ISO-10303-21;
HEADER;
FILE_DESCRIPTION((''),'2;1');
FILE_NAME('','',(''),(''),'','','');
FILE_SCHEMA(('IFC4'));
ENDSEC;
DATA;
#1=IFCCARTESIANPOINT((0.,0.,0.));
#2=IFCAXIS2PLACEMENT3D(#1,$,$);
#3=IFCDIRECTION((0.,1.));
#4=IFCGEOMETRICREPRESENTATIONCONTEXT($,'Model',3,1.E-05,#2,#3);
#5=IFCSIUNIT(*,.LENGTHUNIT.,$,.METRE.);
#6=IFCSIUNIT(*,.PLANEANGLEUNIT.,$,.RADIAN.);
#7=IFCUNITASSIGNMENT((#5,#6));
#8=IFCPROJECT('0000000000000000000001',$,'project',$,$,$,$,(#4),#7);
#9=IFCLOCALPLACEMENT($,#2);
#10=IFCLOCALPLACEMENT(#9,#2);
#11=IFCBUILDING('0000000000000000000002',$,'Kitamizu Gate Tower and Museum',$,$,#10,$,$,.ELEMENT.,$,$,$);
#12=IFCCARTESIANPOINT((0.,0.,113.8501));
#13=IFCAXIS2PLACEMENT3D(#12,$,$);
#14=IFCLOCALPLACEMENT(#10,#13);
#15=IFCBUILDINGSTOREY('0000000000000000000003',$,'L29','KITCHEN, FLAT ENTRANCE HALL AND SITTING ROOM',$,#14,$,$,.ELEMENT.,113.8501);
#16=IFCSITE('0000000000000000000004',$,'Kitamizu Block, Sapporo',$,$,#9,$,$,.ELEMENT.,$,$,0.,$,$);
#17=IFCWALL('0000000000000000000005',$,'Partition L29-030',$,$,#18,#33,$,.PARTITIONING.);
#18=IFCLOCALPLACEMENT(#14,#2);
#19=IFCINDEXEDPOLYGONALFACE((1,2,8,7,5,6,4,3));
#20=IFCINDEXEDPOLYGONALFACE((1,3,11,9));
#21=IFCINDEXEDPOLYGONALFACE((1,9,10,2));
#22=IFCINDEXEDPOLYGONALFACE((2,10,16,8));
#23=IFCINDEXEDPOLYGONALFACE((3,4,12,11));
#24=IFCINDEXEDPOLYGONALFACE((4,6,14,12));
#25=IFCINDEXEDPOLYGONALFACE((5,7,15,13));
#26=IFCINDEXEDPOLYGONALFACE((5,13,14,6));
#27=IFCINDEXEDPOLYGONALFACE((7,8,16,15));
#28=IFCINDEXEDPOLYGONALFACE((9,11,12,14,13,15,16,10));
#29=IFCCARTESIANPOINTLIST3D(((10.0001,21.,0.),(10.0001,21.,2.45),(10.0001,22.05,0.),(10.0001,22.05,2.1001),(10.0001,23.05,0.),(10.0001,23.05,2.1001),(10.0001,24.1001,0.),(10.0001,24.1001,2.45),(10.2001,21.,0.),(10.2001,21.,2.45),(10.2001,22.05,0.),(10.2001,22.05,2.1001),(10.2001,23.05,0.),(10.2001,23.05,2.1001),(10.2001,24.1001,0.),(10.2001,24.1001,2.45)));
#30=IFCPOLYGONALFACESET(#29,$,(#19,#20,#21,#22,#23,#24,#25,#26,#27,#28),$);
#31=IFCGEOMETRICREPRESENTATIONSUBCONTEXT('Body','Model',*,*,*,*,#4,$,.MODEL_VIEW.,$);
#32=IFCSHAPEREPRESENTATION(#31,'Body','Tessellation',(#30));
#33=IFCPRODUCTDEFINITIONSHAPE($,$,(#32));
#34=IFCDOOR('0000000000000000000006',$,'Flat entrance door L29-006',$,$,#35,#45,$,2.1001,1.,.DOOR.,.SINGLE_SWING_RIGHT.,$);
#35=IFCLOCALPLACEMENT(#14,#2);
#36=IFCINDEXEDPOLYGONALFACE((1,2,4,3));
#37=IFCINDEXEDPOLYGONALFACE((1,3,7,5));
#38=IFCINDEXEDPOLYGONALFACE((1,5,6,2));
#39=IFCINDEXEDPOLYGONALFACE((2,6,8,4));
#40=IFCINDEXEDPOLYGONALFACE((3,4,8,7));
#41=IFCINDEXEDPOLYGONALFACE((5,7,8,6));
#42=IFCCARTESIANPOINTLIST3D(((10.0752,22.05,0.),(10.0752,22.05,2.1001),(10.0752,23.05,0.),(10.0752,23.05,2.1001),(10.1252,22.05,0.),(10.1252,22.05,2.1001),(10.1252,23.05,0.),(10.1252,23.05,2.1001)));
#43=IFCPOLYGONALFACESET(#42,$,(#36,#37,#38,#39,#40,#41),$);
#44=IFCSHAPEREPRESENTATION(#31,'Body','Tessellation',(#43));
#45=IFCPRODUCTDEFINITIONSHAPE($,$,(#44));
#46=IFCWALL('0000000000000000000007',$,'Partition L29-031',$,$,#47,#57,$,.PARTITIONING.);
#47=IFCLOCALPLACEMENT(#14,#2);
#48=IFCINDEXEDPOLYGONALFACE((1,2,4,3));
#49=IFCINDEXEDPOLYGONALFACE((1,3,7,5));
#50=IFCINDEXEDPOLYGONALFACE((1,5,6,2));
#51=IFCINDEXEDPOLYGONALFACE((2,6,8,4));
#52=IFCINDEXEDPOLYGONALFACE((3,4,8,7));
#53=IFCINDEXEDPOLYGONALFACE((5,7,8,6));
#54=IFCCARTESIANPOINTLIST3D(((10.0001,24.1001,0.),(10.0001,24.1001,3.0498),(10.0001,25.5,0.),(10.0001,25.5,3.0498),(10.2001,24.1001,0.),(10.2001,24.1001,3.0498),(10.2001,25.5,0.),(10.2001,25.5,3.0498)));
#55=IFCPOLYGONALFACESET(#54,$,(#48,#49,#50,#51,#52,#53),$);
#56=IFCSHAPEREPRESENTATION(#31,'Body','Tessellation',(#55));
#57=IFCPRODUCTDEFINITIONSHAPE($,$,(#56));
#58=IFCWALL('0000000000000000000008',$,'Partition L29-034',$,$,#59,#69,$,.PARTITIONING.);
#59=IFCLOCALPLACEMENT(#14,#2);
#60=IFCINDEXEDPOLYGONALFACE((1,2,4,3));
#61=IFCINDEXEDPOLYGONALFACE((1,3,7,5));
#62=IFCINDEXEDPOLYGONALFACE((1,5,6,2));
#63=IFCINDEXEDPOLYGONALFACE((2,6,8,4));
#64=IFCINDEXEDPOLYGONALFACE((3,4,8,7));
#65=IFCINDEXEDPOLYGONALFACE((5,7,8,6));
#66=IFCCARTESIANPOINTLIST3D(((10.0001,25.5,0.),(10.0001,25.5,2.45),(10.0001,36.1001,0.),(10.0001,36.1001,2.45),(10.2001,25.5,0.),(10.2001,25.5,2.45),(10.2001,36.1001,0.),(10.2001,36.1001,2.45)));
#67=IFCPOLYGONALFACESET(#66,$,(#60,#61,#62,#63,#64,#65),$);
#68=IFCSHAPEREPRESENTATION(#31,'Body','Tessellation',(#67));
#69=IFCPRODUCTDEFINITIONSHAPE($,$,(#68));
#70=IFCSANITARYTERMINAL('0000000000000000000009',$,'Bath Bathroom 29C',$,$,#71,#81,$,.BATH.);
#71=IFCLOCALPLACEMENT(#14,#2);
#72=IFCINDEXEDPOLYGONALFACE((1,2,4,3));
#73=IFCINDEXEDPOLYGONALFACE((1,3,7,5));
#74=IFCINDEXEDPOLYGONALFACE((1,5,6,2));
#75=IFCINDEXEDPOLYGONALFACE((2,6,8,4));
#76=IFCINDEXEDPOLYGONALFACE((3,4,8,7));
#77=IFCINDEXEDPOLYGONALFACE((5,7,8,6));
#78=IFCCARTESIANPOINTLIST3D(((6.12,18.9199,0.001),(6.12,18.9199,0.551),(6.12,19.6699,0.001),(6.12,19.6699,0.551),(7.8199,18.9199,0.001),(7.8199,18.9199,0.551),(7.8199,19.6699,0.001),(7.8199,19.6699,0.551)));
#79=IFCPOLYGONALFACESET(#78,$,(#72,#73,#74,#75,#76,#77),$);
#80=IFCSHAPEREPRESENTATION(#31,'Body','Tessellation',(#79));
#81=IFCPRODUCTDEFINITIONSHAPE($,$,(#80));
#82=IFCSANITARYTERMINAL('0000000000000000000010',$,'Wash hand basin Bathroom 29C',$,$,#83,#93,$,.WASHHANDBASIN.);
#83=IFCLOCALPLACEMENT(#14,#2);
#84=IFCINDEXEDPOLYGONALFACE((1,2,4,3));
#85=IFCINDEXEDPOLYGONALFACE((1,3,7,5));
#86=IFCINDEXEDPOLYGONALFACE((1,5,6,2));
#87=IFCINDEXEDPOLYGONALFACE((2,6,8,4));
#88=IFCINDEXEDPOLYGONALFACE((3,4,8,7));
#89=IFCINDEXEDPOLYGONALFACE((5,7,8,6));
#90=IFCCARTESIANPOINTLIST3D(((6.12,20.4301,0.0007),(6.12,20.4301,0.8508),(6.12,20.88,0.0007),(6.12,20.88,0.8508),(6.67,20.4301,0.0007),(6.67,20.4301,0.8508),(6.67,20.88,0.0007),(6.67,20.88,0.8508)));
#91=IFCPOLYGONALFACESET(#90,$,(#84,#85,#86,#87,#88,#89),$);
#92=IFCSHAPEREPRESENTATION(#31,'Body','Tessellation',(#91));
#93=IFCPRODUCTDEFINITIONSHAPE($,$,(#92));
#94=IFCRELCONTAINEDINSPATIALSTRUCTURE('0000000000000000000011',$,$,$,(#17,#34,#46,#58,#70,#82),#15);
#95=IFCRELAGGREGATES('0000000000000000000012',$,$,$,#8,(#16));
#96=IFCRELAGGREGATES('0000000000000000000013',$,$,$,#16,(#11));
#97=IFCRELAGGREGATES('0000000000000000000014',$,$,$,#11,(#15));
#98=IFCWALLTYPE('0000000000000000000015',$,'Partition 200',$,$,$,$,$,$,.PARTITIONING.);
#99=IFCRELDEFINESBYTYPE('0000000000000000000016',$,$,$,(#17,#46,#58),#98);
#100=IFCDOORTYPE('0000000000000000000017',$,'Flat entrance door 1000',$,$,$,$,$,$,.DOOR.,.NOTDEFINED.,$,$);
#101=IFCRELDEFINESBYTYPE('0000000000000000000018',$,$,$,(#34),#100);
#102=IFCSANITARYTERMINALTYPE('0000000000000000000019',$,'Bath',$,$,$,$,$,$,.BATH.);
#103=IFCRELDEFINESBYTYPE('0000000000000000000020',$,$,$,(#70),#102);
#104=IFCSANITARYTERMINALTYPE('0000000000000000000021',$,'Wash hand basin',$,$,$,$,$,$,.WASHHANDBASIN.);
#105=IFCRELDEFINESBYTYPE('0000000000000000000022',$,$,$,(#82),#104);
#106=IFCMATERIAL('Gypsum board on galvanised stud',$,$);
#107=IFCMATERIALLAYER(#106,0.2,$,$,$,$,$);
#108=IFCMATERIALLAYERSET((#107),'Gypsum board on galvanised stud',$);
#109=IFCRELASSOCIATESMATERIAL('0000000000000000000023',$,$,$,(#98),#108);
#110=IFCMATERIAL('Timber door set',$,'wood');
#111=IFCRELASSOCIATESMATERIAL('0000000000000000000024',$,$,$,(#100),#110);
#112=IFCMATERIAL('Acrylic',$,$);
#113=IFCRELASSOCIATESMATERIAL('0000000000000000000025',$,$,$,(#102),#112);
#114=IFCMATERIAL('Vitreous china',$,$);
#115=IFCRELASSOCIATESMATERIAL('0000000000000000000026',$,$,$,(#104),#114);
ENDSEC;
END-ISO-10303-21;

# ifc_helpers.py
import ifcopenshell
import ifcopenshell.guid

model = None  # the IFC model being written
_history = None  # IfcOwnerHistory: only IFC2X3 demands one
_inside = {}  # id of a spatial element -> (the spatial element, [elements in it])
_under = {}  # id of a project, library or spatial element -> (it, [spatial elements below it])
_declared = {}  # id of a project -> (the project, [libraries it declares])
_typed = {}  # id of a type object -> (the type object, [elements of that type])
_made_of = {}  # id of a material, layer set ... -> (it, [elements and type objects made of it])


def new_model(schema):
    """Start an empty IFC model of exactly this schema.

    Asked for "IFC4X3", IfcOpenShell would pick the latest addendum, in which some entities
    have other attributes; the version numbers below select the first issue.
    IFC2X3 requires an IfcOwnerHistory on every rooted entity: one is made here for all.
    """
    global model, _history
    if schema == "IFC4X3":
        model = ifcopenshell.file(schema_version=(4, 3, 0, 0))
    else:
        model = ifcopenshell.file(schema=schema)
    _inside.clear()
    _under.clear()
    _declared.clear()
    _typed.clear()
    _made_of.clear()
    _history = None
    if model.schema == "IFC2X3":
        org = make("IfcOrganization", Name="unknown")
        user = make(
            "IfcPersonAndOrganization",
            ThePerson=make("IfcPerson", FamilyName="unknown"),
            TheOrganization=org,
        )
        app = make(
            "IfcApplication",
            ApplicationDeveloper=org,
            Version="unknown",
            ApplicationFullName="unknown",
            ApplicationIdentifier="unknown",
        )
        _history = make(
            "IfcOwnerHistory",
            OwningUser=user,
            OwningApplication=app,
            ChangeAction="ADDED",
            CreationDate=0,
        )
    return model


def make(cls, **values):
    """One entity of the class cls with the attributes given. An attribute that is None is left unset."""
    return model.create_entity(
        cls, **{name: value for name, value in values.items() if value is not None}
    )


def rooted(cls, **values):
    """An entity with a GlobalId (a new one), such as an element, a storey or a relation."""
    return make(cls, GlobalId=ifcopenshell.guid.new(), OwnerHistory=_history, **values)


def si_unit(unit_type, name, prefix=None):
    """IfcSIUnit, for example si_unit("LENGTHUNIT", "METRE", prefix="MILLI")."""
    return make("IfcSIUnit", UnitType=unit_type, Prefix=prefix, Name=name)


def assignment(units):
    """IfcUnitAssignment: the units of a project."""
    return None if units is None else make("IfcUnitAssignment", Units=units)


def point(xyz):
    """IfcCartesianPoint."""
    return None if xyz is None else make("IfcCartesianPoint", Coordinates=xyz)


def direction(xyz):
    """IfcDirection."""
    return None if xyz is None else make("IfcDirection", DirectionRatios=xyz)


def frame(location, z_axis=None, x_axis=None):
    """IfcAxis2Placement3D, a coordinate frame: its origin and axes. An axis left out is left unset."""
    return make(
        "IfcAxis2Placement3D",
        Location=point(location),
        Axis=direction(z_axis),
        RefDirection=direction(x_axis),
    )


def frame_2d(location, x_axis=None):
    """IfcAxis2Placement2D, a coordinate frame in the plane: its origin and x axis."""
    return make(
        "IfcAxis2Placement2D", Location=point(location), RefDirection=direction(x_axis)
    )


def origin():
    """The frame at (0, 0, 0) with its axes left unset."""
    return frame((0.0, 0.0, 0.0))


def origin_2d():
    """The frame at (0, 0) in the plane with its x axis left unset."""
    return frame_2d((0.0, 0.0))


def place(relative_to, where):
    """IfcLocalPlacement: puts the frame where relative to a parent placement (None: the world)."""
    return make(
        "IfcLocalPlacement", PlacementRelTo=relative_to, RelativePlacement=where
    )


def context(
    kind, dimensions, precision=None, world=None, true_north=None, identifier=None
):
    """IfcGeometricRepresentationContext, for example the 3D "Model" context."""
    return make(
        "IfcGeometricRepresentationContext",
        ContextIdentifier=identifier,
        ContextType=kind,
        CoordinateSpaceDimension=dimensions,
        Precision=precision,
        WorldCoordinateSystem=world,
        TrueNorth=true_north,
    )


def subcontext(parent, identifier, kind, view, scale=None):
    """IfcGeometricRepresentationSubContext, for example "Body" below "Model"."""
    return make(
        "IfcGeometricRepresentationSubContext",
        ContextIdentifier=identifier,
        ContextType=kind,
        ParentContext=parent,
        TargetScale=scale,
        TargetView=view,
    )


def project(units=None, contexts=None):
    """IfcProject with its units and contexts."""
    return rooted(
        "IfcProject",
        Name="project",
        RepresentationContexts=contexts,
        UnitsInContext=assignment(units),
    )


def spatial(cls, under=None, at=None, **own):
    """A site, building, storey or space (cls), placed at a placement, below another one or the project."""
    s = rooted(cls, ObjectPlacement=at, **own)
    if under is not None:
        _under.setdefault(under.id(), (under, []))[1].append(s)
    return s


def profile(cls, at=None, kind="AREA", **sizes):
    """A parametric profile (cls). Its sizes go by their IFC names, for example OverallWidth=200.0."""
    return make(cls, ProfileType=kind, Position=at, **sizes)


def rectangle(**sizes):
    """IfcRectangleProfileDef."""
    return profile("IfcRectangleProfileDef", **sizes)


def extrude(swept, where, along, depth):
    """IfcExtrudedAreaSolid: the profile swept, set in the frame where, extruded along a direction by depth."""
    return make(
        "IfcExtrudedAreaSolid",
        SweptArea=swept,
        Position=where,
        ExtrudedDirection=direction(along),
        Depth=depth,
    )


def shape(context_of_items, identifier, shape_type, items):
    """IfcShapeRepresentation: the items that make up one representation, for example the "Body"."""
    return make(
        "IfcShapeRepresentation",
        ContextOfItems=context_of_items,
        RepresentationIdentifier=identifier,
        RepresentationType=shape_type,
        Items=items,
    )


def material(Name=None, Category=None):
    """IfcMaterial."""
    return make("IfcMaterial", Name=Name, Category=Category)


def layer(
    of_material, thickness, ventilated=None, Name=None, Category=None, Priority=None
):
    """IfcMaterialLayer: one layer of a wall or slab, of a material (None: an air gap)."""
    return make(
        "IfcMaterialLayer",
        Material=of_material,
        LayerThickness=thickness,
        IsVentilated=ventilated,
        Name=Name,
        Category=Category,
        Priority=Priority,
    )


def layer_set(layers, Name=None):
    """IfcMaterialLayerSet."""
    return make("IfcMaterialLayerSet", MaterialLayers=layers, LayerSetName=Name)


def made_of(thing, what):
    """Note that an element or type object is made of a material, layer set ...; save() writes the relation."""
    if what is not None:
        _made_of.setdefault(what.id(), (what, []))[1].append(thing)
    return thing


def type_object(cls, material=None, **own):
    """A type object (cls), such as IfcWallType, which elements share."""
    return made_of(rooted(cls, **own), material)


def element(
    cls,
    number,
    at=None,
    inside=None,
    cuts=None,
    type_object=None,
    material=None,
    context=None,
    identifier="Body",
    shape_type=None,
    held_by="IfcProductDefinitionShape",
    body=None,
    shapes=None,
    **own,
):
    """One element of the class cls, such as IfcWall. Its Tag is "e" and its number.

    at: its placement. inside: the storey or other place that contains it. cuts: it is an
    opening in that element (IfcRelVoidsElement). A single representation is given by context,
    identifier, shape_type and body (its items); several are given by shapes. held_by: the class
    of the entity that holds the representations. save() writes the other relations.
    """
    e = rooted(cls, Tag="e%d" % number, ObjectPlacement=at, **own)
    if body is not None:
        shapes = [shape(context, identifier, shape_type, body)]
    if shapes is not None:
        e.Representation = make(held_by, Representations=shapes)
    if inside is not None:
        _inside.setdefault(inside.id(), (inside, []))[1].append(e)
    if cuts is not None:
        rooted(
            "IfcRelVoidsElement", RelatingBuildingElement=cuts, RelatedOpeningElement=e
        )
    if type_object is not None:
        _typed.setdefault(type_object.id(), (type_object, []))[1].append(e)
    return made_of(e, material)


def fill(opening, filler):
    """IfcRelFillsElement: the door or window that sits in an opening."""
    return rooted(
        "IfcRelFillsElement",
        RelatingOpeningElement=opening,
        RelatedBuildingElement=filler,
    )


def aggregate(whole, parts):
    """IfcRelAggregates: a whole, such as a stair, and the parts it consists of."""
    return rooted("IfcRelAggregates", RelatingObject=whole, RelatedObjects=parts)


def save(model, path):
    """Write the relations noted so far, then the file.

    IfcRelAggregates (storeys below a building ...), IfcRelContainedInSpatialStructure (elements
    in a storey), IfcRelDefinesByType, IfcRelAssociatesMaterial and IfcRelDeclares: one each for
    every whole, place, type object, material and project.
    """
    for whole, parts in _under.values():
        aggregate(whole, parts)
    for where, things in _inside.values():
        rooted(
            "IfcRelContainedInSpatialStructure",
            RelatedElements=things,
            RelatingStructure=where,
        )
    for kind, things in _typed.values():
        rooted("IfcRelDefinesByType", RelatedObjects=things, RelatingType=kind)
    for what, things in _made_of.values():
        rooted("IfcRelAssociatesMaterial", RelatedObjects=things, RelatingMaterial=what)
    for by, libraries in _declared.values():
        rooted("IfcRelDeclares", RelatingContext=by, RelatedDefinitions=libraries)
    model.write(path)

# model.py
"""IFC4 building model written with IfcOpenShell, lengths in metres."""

from ifc_helpers import new_model, si_unit, direction, frame, frame_2d, origin, origin_2d, place, context, subcontext, project, spatial, rectangle, extrude, material, layer, layer_set, type_object, element, fill, save


model = new_model("IFC4")

# Units and contexts
model_context = context("Model", 3, precision=1e-05, world=origin(), true_north=direction((0.0, 1.0)))
body_context = subcontext(model_context, "Body", "Model", "MODEL_VIEW")
ifc_project = project(units=[si_unit("LENGTHUNIT", "METRE"), si_unit("PLANEANGLEUNIT", "RADIAN")], contexts=[model_context])

# Site, building, storey
site_placement = place(None, origin())
site = spatial("IfcSite", under=ifc_project, at=site_placement, Name="Kitamizu Block, Sapporo", CompositionType="ELEMENT", RefElevation=0.0)
building_placement = place(site_placement, origin())
building = spatial("IfcBuilding", under=site, at=building_placement, Name="Kitamizu Gate Tower and Museum", CompositionType="ELEMENT")
storey_placement = place(building_placement, frame((0.0, 0.0, 113.8501)))
storey = spatial("IfcBuildingStorey", under=building, at=storey_placement, Name="L29", Description="KITCHEN, FLAT ENTRANCE HALL AND SITTING ROOM", CompositionType="ELEMENT", Elevation=113.8501)

# Wall, opening, door
ifc_material_1 = material(Name="Gypsum board on galvanised stud")
ifc_layer_1 = layer(ifc_material_1, 0.2)
ifc_layer_set_1 = layer_set([ifc_layer_1], Name="Gypsum board on galvanised stud")
wall_type_1 = type_object("IfcWallType", Name="Partition 200", PredefinedType="PARTITIONING", material=ifc_layer_set_1)
wall_1_placement = place(storey_placement, frame((10.1001, 21.0, 0.0), z_axis=(0.0, 0.0, 1.0), x_axis=(0.0, 1.0, 0.0)))
wall_1 = element("IfcWall", 1, at=wall_1_placement, inside=storey, type_object=wall_type_1, Name="Partition L29-030", PredefinedType="PARTITIONING", context=body_context, shape_type="SweptSolid", body=[
    extrude(rectangle(XDim=3.1001, YDim=0.2, at=frame_2d((1.55, 0.0))), origin(), (0.0, 0.0, 1.0), 2.45),
])
opening_1_placement = place(wall_1_placement, frame((1.05, 0.0, 0.0)))
opening_1 = element("IfcOpeningElement", 2, at=opening_1_placement, cuts=wall_1, PredefinedType="OPENING", context=body_context, shape_type="SweptSolid", body=[
    extrude(rectangle(XDim=1.0, YDim=2.1001, at=frame_2d((0.5, 1.05))), frame((0.0, 0.1099, 0.0), z_axis=(0.0, -1.0, 0.0), x_axis=(1.0, 0.0, 0.0)), (0.0, 0.0, 1.0), 0.22),
])
ifc_material_2 = material(Name="Timber door set", Category="wood")
door_type_1 = type_object("IfcDoorType", Name="Flat entrance door 1000", OperationType="NOTDEFINED", PredefinedType="DOOR", material=ifc_material_2)
door_1_placement = place(opening_1_placement, origin())
door_1 = element("IfcDoor", 3, at=door_1_placement, inside=storey, type_object=door_type_1, Name="Flat entrance door L29-006", OperationType="SINGLE_SWING_RIGHT", OverallHeight=2.1001, OverallWidth=1.0, PredefinedType="DOOR", context=body_context, shape_type="SweptSolid", body=[
    extrude(rectangle(XDim=1.0, YDim=2.1001, at=frame_2d((0.5, 1.05))), frame((0.0, 0.0249, 0.0), z_axis=(0.0, -1.0, 0.0), x_axis=(1.0, 0.0, 0.0)), (0.0, 0.0, 1.0), 0.05),
])
fill(opening_1, door_1)

# Walls
wall_2_placement = place(storey_placement, frame((10.1001, 24.1001, 0.0), z_axis=(0.0, 0.0, 1.0), x_axis=(0.0, 1.0, 0.0)))
element("IfcWall", 4, at=wall_2_placement, inside=storey, type_object=wall_type_1, Name="Partition L29-031", PredefinedType="PARTITIONING", context=body_context, shape_type="SweptSolid", body=[
    extrude(rectangle(XDim=1.3999, YDim=0.2, at=frame_2d((0.7, 0.0))), origin(), (0.0, 0.0, 1.0), 3.0498),
])
wall_3_placement = place(storey_placement, frame((10.1001, 25.5, 0.0), z_axis=(0.0, 0.0, 1.0), x_axis=(0.0, 1.0, 0.0)))
element("IfcWall", 5, at=wall_3_placement, inside=storey, type_object=wall_type_1, Name="Partition L29-034", PredefinedType="PARTITIONING", context=body_context, shape_type="SweptSolid", body=[
    extrude(rectangle(XDim=10.6001, YDim=0.2, at=frame_2d((5.3, 0.0))), origin(), (0.0, 0.0, 1.0), 2.45),
])

# Sanitary terminals
ifc_material_3 = material(Name="Acrylic")
sanitary_terminal_type_1 = type_object("IfcSanitaryTerminalType", Name="Bath", PredefinedType="BATH", material=ifc_material_3)
sanitary_terminal_1_placement = place(storey_placement, frame((6.97, 19.2949, 0.001), z_axis=(0.0, 0.0, 1.0), x_axis=(1.0, 0.0, 0.0)))
element("IfcSanitaryTerminal", 6, at=sanitary_terminal_1_placement, inside=storey, type_object=sanitary_terminal_type_1, Name="Bath Bathroom 29C", PredefinedType="BATH", context=body_context, shape_type="SweptSolid", body=[
    extrude(rectangle(XDim=1.7, YDim=0.75, at=origin_2d()), origin(), (0.0, 0.0, 1.0), 0.55),
])
ifc_material_4 = material(Name="Vitreous china")
sanitary_terminal_type_2 = type_object("IfcSanitaryTerminalType", Name="Wash hand basin", PredefinedType="WASHHANDBASIN", material=ifc_material_4)
sanitary_terminal_2_placement = place(storey_placement, frame((6.395, 20.655, 0.0007), z_axis=(0.0, 0.0, 1.0), x_axis=(1.0, 0.0, 0.0)))
element("IfcSanitaryTerminal", 7, at=sanitary_terminal_2_placement, inside=storey, type_object=sanitary_terminal_type_2, Name="Wash hand basin Bathroom 29C", PredefinedType="WASHHANDBASIN", context=body_context, shape_type="SweptSolid", body=[
    extrude(rectangle(XDim=0.55, YDim=0.45, at=origin_2d()), origin(), (0.0, 0.0, 1.0), 0.8501),
])

save(model, "model.ifc")
